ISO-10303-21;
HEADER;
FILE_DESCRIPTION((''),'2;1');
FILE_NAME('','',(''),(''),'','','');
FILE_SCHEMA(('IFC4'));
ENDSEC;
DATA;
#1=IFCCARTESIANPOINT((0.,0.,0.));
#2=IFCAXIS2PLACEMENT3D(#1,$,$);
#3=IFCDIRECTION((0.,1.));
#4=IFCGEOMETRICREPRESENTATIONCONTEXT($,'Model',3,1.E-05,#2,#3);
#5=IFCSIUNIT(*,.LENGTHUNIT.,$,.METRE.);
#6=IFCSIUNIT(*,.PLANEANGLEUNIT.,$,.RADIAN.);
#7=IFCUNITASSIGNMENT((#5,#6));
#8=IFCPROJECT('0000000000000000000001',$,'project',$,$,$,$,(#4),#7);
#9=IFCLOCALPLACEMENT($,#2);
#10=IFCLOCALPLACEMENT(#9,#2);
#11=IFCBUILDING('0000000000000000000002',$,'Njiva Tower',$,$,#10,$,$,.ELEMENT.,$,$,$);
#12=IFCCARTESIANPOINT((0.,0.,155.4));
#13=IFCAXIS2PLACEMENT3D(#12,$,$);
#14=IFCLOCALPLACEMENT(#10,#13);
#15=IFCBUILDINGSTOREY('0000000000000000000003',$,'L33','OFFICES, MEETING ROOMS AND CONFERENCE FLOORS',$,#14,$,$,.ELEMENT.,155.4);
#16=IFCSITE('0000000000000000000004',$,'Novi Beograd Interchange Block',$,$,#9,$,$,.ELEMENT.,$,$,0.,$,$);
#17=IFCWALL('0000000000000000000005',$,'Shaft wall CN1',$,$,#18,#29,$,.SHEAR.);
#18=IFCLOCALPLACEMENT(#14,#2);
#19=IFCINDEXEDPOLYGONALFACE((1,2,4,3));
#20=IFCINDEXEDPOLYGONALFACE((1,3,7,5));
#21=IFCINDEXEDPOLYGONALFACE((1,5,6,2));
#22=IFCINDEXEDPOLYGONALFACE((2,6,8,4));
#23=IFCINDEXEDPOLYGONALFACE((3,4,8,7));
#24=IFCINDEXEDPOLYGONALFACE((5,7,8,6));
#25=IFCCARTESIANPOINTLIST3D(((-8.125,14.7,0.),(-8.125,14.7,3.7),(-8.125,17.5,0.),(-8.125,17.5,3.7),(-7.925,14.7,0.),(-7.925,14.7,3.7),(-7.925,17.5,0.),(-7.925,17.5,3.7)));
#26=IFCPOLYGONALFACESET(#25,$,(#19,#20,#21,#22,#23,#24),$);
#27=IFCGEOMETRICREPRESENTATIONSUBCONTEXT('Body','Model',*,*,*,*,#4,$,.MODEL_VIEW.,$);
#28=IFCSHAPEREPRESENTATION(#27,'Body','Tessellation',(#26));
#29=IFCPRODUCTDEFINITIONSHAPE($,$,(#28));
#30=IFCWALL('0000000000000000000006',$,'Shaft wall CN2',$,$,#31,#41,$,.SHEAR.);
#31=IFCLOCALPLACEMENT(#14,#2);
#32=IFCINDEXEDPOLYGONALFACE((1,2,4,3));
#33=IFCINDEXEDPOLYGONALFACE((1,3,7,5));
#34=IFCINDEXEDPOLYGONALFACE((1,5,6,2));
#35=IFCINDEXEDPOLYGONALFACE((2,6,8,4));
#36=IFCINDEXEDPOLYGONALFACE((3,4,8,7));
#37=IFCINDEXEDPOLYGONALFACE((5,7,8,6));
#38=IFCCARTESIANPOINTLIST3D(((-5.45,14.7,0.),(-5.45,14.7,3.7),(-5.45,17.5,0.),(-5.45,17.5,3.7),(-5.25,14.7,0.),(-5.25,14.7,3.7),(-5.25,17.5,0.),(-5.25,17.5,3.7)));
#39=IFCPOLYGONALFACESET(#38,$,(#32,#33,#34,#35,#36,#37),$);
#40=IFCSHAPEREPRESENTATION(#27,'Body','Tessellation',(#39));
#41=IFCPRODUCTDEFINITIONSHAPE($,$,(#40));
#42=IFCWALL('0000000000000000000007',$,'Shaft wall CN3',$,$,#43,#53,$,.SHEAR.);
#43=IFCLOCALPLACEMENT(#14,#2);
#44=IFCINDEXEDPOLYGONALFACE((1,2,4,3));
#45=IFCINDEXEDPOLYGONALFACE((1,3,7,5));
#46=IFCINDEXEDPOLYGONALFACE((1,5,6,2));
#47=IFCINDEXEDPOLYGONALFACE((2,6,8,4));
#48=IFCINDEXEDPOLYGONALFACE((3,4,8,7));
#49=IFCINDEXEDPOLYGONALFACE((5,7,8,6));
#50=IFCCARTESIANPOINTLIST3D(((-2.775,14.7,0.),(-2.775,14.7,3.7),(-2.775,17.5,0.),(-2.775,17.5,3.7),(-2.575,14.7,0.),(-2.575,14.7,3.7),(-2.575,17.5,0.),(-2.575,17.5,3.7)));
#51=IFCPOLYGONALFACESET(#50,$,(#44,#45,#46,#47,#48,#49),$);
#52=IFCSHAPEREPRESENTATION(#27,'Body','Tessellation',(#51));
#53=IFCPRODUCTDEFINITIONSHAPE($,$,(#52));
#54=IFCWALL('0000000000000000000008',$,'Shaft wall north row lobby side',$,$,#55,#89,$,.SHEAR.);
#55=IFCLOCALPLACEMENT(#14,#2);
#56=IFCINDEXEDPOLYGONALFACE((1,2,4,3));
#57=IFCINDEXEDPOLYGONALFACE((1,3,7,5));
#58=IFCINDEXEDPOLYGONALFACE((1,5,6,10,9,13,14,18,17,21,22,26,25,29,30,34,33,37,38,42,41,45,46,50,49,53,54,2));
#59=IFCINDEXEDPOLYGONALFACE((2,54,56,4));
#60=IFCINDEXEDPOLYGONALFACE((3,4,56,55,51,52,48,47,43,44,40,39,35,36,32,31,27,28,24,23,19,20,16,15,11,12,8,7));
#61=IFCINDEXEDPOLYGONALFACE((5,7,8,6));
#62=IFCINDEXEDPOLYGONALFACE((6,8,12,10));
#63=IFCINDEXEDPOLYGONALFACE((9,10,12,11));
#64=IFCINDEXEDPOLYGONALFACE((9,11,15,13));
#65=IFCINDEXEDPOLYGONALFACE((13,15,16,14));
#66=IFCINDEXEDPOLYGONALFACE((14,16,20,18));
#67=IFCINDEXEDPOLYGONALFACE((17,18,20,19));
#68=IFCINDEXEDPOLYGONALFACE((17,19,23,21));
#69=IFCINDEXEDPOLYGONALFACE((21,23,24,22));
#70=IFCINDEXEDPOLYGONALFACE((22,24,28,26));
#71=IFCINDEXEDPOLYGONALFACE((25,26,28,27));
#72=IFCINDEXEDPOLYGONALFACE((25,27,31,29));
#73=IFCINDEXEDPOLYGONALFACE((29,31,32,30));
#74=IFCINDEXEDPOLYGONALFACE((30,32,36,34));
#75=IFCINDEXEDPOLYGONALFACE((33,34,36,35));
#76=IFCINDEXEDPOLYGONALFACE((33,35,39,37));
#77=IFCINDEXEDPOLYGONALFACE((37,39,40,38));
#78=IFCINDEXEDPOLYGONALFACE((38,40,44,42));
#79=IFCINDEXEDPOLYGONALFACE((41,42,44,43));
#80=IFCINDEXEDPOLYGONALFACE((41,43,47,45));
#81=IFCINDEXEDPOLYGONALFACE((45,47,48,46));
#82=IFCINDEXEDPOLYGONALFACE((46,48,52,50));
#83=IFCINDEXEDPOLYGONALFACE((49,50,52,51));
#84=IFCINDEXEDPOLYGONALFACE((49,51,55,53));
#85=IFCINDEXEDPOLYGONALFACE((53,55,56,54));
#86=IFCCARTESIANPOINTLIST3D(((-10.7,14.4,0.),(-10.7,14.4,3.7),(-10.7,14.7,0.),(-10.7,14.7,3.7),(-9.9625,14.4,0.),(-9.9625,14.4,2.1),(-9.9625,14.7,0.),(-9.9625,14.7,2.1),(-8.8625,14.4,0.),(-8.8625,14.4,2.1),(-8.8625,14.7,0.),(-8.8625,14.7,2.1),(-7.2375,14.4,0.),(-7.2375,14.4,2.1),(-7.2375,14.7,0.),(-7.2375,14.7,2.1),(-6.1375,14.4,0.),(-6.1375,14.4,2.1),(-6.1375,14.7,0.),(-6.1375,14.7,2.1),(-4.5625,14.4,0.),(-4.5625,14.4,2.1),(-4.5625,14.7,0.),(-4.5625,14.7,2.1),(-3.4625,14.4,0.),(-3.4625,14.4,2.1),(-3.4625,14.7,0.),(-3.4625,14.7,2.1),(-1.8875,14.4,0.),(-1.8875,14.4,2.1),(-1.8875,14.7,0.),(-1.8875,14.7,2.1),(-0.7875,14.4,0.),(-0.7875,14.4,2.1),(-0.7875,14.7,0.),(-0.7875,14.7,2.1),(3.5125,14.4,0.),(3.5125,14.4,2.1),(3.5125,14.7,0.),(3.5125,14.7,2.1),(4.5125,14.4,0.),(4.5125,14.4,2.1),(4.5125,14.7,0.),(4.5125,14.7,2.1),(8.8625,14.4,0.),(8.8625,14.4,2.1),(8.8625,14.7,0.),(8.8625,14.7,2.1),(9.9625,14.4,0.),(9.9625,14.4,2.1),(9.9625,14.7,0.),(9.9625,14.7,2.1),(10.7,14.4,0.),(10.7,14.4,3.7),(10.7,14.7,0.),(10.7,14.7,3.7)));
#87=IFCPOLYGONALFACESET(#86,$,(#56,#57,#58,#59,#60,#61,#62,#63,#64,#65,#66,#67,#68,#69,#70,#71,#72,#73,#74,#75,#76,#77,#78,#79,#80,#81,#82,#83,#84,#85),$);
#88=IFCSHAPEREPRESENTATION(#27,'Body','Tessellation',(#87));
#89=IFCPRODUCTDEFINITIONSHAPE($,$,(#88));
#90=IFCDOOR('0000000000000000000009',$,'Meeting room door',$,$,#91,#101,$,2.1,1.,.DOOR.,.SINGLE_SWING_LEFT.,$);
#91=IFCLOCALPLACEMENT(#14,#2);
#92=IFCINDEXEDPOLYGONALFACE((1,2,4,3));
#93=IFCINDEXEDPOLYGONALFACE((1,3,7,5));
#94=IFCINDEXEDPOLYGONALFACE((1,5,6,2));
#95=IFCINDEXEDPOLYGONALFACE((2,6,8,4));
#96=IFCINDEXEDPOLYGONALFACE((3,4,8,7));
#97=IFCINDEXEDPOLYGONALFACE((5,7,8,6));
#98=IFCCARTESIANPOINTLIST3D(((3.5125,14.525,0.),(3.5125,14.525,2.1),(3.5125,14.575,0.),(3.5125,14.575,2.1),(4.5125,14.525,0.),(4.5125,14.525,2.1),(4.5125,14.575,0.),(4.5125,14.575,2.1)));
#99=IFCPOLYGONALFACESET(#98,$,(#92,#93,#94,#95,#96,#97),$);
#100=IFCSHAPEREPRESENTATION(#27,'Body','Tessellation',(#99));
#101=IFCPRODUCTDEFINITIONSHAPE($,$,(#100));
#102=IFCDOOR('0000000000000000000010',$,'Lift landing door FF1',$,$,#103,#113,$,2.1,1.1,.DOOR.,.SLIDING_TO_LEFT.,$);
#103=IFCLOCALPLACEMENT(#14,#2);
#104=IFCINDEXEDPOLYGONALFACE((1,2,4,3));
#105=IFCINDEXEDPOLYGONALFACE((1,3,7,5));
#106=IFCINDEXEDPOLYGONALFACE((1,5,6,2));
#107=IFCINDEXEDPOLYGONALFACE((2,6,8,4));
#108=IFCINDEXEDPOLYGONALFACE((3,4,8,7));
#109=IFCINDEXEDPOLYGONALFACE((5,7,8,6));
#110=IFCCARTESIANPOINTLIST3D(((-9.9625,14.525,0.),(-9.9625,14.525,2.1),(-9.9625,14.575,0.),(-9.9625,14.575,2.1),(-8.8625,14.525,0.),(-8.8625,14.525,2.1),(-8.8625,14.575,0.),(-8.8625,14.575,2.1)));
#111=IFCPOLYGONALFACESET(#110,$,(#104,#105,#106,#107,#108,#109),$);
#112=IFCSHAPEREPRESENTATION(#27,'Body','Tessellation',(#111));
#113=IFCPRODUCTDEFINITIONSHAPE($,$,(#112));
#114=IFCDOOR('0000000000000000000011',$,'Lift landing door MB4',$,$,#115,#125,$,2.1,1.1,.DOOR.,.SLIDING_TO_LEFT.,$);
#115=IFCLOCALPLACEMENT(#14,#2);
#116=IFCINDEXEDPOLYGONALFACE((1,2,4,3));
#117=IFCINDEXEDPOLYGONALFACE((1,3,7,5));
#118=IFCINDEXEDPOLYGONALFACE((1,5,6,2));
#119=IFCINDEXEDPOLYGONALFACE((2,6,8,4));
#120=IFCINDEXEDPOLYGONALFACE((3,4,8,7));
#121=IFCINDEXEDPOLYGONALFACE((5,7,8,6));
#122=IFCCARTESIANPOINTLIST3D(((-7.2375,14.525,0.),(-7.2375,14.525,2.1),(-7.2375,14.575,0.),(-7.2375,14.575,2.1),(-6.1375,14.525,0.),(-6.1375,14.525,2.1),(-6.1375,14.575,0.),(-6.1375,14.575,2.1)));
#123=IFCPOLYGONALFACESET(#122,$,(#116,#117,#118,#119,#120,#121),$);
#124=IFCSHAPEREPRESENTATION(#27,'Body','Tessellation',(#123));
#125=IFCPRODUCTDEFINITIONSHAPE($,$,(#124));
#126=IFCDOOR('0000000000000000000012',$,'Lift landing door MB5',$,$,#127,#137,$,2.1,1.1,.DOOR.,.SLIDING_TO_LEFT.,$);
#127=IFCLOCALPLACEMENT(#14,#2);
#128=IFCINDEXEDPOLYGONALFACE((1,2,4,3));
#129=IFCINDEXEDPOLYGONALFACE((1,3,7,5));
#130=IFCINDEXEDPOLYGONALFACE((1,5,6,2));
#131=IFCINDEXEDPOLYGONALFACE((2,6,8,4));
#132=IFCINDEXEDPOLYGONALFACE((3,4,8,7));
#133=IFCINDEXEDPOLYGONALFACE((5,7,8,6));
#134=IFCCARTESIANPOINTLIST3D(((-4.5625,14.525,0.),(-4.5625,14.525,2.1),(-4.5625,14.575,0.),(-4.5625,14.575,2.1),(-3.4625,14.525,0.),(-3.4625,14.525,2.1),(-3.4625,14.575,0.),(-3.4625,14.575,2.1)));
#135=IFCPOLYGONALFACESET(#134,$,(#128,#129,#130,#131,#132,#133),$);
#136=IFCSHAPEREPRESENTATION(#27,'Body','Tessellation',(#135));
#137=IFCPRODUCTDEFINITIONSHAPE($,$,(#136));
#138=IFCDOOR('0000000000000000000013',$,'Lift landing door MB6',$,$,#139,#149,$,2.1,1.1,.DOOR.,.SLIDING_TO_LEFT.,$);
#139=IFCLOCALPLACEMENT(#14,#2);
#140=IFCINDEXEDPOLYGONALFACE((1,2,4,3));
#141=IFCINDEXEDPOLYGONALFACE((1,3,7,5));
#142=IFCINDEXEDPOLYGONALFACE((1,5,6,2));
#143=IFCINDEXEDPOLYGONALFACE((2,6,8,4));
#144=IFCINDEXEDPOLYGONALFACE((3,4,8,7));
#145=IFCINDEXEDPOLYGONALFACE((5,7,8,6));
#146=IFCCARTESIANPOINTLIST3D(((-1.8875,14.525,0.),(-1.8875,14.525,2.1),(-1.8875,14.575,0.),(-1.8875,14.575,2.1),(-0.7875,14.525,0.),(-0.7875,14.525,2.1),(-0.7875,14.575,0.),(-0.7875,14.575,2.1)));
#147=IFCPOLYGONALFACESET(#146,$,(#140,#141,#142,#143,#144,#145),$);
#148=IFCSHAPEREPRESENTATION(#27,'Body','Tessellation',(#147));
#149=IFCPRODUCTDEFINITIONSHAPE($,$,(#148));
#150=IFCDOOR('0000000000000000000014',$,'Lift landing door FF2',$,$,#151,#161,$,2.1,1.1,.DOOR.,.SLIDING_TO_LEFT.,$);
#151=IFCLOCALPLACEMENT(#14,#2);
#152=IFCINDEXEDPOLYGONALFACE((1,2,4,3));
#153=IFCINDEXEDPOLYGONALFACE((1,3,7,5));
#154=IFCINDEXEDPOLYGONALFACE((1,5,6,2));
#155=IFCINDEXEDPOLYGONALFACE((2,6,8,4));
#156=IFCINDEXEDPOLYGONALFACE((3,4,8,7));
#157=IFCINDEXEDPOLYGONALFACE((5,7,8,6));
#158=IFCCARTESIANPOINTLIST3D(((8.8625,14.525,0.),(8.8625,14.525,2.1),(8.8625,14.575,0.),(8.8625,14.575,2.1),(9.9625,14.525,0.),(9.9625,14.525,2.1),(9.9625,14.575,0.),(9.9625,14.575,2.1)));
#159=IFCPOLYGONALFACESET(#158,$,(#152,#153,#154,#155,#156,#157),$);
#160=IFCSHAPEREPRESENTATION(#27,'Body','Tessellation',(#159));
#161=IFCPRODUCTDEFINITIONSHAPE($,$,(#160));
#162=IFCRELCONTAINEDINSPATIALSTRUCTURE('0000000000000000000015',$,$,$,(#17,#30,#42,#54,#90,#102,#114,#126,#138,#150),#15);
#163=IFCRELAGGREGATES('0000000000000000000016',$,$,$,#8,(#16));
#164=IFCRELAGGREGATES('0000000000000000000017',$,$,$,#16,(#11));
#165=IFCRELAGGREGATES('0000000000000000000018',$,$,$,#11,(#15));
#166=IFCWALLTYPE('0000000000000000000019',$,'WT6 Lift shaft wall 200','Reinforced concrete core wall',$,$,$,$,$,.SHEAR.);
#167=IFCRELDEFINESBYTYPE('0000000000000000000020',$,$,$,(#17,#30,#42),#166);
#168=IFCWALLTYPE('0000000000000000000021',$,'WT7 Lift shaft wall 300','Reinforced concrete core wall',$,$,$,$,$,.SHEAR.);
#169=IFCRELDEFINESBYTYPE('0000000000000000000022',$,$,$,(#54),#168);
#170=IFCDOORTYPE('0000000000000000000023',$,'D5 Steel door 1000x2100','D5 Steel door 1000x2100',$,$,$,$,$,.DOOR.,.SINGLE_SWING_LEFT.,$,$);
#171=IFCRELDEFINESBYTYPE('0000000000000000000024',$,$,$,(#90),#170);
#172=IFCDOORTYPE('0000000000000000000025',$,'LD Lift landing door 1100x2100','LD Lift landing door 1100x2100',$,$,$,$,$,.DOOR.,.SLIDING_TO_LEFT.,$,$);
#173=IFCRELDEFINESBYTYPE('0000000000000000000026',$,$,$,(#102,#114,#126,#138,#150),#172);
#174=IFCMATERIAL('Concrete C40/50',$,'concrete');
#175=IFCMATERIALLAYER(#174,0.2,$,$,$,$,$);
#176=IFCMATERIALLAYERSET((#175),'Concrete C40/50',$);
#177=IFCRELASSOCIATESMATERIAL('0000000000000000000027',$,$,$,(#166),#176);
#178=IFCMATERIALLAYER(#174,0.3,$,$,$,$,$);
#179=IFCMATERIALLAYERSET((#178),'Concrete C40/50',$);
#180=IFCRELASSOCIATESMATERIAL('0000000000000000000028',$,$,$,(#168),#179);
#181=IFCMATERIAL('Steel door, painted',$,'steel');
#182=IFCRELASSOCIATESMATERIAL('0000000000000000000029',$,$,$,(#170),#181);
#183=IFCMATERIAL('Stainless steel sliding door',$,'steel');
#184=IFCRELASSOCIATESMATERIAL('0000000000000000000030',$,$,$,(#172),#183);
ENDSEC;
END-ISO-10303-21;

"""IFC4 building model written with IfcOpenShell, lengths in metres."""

from ifc_helpers import new_model, si_unit, direction, frame, frame_2d, origin, place, context, subcontext, project, spatial, rectangle, extrude, material, layer, layer_set, type_object, element, fill, save


model = new_model("IFC4")

# Units and contexts
model_context = context("Model", 3, precision=1e-05, world=origin(), true_north=direction((0.0, 1.0)))
body_context = subcontext(model_context, "Body", "Model", "MODEL_VIEW")
ifc_project = project(units=[si_unit("LENGTHUNIT", "METRE"), si_unit("PLANEANGLEUNIT", "RADIAN")], contexts=[model_context])

# Site, building, storey
site_placement = place(None, origin())
site = spatial("IfcSite", under=ifc_project, at=site_placement, Name="Novi Beograd Interchange Block", CompositionType="ELEMENT", RefElevation=0.0)
building_placement = place(site_placement, origin())
building = spatial("IfcBuilding", under=site, at=building_placement, Name="Njiva Tower", CompositionType="ELEMENT")
storey_placement = place(building_placement, frame((0.0, 0.0, 155.4)))
storey = spatial("IfcBuildingStorey", under=building, at=storey_placement, Name="L33", Description="OFFICES, MEETING ROOMS AND CONFERENCE FLOORS", CompositionType="ELEMENT", Elevation=155.4)

# Walls
ifc_material_1 = material(Name="Concrete C40/50", Category="concrete")
ifc_layer_1 = layer(ifc_material_1, 0.2)
ifc_layer_set_1 = layer_set([ifc_layer_1], Name="Concrete C40/50")
wall_type_1 = type_object("IfcWallType", Name="WT6 Lift shaft wall 200", Description="Reinforced concrete core wall", PredefinedType="SHEAR", material=ifc_layer_set_1)
for number, where, z_axis, x_axis, name in (
    (1, (-8.025, 14.7, 0.0), (0.0, 0.0, 1.0), (0.0, 1.0, 0.0), "Shaft wall CN1"),
    (2, (-5.35, 14.7, 0.0), (0.0, 0.0, 1.0), (0.0, 1.0, 0.0), "Shaft wall CN2"),
    (3, (-2.675, 14.7, 0.0), (0.0, 0.0, 1.0), (0.0, 1.0, 0.0), "Shaft wall CN3"),
):
    element("IfcWall", number, at=place(storey_placement, frame(where, z_axis=z_axis, x_axis=x_axis)), inside=storey, type_object=wall_type_1, Name=name, PredefinedType="SHEAR", context=body_context, shape_type="SweptSolid", body=[
        extrude(rectangle(XDim=2.8, YDim=0.2, at=frame_2d((1.4, 0.0))), origin(), (0.0, 0.0, 1.0), 3.7),
    ])

# Wall, openings, doors
ifc_layer_2 = layer(ifc_material_1, 0.3)
ifc_layer_set_2 = layer_set([ifc_layer_2], Name="Concrete C40/50")
wall_type_2 = type_object("IfcWallType", Name="WT7 Lift shaft wall 300", Description="Reinforced concrete core wall", PredefinedType="SHEAR", material=ifc_layer_set_2)
wall_1_placement = place(storey_placement, frame((-10.7, 14.55, 0.0), z_axis=(0.0, 0.0, 1.0), x_axis=(1.0, 0.0, 0.0)))
wall_1 = element("IfcWall", 4, at=wall_1_placement, inside=storey, type_object=wall_type_2, Name="Shaft wall north row lobby side", PredefinedType="SHEAR", context=body_context, shape_type="SweptSolid", body=[
    extrude(rectangle(XDim=21.4, YDim=0.3, at=frame_2d((10.7, 0.0))), origin(), (0.0, 0.0, 1.0), 3.7),
])
opening_1_placement = place(wall_1_placement, frame((0.7375, 0.0, 0.0)))
opening_1 = element("IfcOpeningElement", 5, at=opening_1_placement, cuts=wall_1, PredefinedType="OPENING", context=body_context, shape_type="SweptSolid", body=[
    extrude(rectangle(XDim=1.1, YDim=2.1, at=frame_2d((0.55, 1.05))), frame((0.0, 0.16, 0.0), z_axis=(0.0, -1.0, 0.0), x_axis=(1.0, 0.0, 0.0)), (0.0, 0.0, 1.0), 0.32),
])
opening_2_placement = place(wall_1_placement, frame((3.4625, 0.0, 0.0)))
opening_2 = element("IfcOpeningElement", 6, at=opening_2_placement, cuts=wall_1, PredefinedType="OPENING", context=body_context, shape_type="SweptSolid", body=[
    extrude(rectangle(XDim=1.1, YDim=2.1, at=frame_2d((0.55, 1.05))), frame((0.0, 0.16, 0.0), z_axis=(0.0, -1.0, 0.0), x_axis=(1.0, 0.0, 0.0)), (0.0, 0.0, 1.0), 0.32),
])
opening_3_placement = place(wall_1_placement, frame((6.1375, 0.0, 0.0)))
opening_3 = element("IfcOpeningElement", 7, at=opening_3_placement, cuts=wall_1, PredefinedType="OPENING", context=body_context, shape_type="SweptSolid", body=[
    extrude(rectangle(XDim=1.1, YDim=2.1, at=frame_2d((0.55, 1.05))), frame((0.0, 0.16, 0.0), z_axis=(0.0, -1.0, 0.0), x_axis=(1.0, 0.0, 0.0)), (0.0, 0.0, 1.0), 0.32),
])
opening_4_placement = place(wall_1_placement, frame((8.8125, 0.0, 0.0)))
opening_4 = element("IfcOpeningElement", 8, at=opening_4_placement, cuts=wall_1, PredefinedType="OPENING", context=body_context, shape_type="SweptSolid", body=[
    extrude(rectangle(XDim=1.1, YDim=2.1, at=frame_2d((0.55, 1.05))), frame((0.0, 0.16, 0.0), z_axis=(0.0, -1.0, 0.0), x_axis=(1.0, 0.0, 0.0)), (0.0, 0.0, 1.0), 0.32),
])
opening_5_placement = place(wall_1_placement, frame((19.5625, 0.0, 0.0)))
opening_5 = element("IfcOpeningElement", 9, at=opening_5_placement, cuts=wall_1, PredefinedType="OPENING", context=body_context, shape_type="SweptSolid", body=[
    extrude(rectangle(XDim=1.1, YDim=2.1, at=frame_2d((0.55, 1.05))), frame((0.0, 0.16, 0.0), z_axis=(0.0, -1.0, 0.0), x_axis=(1.0, 0.0, 0.0)), (0.0, 0.0, 1.0), 0.32),
])
opening_6_placement = place(wall_1_placement, frame((14.2125, 0.0, 0.0)))
opening_6 = element("IfcOpeningElement", 10, at=opening_6_placement, cuts=wall_1, PredefinedType="OPENING", context=body_context, shape_type="SweptSolid", body=[
    extrude(rectangle(XDim=1.0, YDim=2.1, at=frame_2d((0.5, 1.05))), frame((0.0, 0.16, 0.0), z_axis=(0.0, -1.0, 0.0), x_axis=(1.0, 0.0, 0.0)), (0.0, 0.0, 1.0), 0.32),
])
ifc_material_2 = material(Name="Steel door, painted", Category="steel")
door_type_1 = type_object("IfcDoorType", Name="D5 Steel door 1000x2100", Description="D5 Steel door 1000x2100", OperationType="SINGLE_SWING_LEFT", PredefinedType="DOOR", material=ifc_material_2)
door_1_placement = place(opening_6_placement, origin())
door_1 = element("IfcDoor", 11, at=door_1_placement, inside=storey, type_object=door_type_1, Name="Meeting room door", OperationType="SINGLE_SWING_LEFT", OverallHeight=2.1, OverallWidth=1.0, PredefinedType="DOOR", context=body_context, shape_type="SweptSolid", body=[
    extrude(rectangle(XDim=1.0, YDim=2.1, at=frame_2d((0.5, 1.05))), frame((0.0, 0.025, 0.0), z_axis=(0.0, -1.0, 0.0), x_axis=(1.0, 0.0, 0.0)), (0.0, 0.0, 1.0), 0.05),
])
fill(opening_6, door_1)
ifc_material_3 = material(Name="Stainless steel sliding door", Category="steel")
door_type_2 = type_object("IfcDoorType", Name="LD Lift landing door 1100x2100", Description="LD Lift landing door 1100x2100", OperationType="SLIDING_TO_LEFT", PredefinedType="DOOR", material=ifc_material_3)
door_2_placement = place(opening_1_placement, origin())
door_2 = element("IfcDoor", 12, at=door_2_placement, inside=storey, type_object=door_type_2, Name="Lift landing door FF1", OperationType="SLIDING_TO_LEFT", OverallHeight=2.1, OverallWidth=1.1, PredefinedType="DOOR", context=body_context, shape_type="SweptSolid", body=[
    extrude(rectangle(XDim=1.1, YDim=2.1, at=frame_2d((0.55, 1.05))), frame((0.0, 0.025, 0.0), z_axis=(0.0, -1.0, 0.0), x_axis=(1.0, 0.0, 0.0)), (0.0, 0.0, 1.0), 0.05),
])
fill(opening_1, door_2)
door_3_placement = place(opening_2_placement, origin())
door_3 = element("IfcDoor", 13, at=door_3_placement, inside=storey, type_object=door_type_2, Name="Lift landing door MB4", OperationType="SLIDING_TO_LEFT", OverallHeight=2.1, OverallWidth=1.1, PredefinedType="DOOR", context=body_context, shape_type="SweptSolid", body=[
    extrude(rectangle(XDim=1.1, YDim=2.1, at=frame_2d((0.55, 1.05))), frame((0.0, 0.025, 0.0), z_axis=(0.0, -1.0, 0.0), x_axis=(1.0, 0.0, 0.0)), (0.0, 0.0, 1.0), 0.05),
])
fill(opening_2, door_3)
door_4_placement = place(opening_3_placement, origin())
door_4 = element("IfcDoor", 14, at=door_4_placement, inside=storey, type_object=door_type_2, Name="Lift landing door MB5", OperationType="SLIDING_TO_LEFT", OverallHeight=2.1, OverallWidth=1.1, PredefinedType="DOOR", context=body_context, shape_type="SweptSolid", body=[
    extrude(rectangle(XDim=1.1, YDim=2.1, at=frame_2d((0.55, 1.05))), frame((0.0, 0.025, 0.0), z_axis=(0.0, -1.0, 0.0), x_axis=(1.0, 0.0, 0.0)), (0.0, 0.0, 1.0), 0.05),
])
fill(opening_3, door_4)
door_5_placement = place(opening_4_placement, origin())
door_5 = element("IfcDoor", 15, at=door_5_placement, inside=storey, type_object=door_type_2, Name="Lift landing door MB6", OperationType="SLIDING_TO_LEFT", OverallHeight=2.1, OverallWidth=1.1, PredefinedType="DOOR", context=body_context, shape_type="SweptSolid", body=[
    extrude(rectangle(XDim=1.1, YDim=2.1, at=frame_2d((0.55, 1.05))), frame((0.0, 0.025, 0.0), z_axis=(0.0, -1.0, 0.0), x_axis=(1.0, 0.0, 0.0)), (0.0, 0.0, 1.0), 0.05),
])
fill(opening_4, door_5)
door_6_placement = place(opening_5_placement, origin())
door_6 = element("IfcDoor", 16, at=door_6_placement, inside=storey, type_object=door_type_2, Name="Lift landing door FF2", OperationType="SLIDING_TO_LEFT", OverallHeight=2.1, OverallWidth=1.1, PredefinedType="DOOR", context=body_context, shape_type="SweptSolid", body=[
    extrude(rectangle(XDim=1.1, YDim=2.1, at=frame_2d((0.55, 1.05))), frame((0.0, 0.025, 0.0), z_axis=(0.0, -1.0, 0.0), x_axis=(1.0, 0.0, 0.0)), (0.0, 0.0, 1.0), 0.05),
])
fill(opening_5, door_6)

save(model, "model.ifc")
